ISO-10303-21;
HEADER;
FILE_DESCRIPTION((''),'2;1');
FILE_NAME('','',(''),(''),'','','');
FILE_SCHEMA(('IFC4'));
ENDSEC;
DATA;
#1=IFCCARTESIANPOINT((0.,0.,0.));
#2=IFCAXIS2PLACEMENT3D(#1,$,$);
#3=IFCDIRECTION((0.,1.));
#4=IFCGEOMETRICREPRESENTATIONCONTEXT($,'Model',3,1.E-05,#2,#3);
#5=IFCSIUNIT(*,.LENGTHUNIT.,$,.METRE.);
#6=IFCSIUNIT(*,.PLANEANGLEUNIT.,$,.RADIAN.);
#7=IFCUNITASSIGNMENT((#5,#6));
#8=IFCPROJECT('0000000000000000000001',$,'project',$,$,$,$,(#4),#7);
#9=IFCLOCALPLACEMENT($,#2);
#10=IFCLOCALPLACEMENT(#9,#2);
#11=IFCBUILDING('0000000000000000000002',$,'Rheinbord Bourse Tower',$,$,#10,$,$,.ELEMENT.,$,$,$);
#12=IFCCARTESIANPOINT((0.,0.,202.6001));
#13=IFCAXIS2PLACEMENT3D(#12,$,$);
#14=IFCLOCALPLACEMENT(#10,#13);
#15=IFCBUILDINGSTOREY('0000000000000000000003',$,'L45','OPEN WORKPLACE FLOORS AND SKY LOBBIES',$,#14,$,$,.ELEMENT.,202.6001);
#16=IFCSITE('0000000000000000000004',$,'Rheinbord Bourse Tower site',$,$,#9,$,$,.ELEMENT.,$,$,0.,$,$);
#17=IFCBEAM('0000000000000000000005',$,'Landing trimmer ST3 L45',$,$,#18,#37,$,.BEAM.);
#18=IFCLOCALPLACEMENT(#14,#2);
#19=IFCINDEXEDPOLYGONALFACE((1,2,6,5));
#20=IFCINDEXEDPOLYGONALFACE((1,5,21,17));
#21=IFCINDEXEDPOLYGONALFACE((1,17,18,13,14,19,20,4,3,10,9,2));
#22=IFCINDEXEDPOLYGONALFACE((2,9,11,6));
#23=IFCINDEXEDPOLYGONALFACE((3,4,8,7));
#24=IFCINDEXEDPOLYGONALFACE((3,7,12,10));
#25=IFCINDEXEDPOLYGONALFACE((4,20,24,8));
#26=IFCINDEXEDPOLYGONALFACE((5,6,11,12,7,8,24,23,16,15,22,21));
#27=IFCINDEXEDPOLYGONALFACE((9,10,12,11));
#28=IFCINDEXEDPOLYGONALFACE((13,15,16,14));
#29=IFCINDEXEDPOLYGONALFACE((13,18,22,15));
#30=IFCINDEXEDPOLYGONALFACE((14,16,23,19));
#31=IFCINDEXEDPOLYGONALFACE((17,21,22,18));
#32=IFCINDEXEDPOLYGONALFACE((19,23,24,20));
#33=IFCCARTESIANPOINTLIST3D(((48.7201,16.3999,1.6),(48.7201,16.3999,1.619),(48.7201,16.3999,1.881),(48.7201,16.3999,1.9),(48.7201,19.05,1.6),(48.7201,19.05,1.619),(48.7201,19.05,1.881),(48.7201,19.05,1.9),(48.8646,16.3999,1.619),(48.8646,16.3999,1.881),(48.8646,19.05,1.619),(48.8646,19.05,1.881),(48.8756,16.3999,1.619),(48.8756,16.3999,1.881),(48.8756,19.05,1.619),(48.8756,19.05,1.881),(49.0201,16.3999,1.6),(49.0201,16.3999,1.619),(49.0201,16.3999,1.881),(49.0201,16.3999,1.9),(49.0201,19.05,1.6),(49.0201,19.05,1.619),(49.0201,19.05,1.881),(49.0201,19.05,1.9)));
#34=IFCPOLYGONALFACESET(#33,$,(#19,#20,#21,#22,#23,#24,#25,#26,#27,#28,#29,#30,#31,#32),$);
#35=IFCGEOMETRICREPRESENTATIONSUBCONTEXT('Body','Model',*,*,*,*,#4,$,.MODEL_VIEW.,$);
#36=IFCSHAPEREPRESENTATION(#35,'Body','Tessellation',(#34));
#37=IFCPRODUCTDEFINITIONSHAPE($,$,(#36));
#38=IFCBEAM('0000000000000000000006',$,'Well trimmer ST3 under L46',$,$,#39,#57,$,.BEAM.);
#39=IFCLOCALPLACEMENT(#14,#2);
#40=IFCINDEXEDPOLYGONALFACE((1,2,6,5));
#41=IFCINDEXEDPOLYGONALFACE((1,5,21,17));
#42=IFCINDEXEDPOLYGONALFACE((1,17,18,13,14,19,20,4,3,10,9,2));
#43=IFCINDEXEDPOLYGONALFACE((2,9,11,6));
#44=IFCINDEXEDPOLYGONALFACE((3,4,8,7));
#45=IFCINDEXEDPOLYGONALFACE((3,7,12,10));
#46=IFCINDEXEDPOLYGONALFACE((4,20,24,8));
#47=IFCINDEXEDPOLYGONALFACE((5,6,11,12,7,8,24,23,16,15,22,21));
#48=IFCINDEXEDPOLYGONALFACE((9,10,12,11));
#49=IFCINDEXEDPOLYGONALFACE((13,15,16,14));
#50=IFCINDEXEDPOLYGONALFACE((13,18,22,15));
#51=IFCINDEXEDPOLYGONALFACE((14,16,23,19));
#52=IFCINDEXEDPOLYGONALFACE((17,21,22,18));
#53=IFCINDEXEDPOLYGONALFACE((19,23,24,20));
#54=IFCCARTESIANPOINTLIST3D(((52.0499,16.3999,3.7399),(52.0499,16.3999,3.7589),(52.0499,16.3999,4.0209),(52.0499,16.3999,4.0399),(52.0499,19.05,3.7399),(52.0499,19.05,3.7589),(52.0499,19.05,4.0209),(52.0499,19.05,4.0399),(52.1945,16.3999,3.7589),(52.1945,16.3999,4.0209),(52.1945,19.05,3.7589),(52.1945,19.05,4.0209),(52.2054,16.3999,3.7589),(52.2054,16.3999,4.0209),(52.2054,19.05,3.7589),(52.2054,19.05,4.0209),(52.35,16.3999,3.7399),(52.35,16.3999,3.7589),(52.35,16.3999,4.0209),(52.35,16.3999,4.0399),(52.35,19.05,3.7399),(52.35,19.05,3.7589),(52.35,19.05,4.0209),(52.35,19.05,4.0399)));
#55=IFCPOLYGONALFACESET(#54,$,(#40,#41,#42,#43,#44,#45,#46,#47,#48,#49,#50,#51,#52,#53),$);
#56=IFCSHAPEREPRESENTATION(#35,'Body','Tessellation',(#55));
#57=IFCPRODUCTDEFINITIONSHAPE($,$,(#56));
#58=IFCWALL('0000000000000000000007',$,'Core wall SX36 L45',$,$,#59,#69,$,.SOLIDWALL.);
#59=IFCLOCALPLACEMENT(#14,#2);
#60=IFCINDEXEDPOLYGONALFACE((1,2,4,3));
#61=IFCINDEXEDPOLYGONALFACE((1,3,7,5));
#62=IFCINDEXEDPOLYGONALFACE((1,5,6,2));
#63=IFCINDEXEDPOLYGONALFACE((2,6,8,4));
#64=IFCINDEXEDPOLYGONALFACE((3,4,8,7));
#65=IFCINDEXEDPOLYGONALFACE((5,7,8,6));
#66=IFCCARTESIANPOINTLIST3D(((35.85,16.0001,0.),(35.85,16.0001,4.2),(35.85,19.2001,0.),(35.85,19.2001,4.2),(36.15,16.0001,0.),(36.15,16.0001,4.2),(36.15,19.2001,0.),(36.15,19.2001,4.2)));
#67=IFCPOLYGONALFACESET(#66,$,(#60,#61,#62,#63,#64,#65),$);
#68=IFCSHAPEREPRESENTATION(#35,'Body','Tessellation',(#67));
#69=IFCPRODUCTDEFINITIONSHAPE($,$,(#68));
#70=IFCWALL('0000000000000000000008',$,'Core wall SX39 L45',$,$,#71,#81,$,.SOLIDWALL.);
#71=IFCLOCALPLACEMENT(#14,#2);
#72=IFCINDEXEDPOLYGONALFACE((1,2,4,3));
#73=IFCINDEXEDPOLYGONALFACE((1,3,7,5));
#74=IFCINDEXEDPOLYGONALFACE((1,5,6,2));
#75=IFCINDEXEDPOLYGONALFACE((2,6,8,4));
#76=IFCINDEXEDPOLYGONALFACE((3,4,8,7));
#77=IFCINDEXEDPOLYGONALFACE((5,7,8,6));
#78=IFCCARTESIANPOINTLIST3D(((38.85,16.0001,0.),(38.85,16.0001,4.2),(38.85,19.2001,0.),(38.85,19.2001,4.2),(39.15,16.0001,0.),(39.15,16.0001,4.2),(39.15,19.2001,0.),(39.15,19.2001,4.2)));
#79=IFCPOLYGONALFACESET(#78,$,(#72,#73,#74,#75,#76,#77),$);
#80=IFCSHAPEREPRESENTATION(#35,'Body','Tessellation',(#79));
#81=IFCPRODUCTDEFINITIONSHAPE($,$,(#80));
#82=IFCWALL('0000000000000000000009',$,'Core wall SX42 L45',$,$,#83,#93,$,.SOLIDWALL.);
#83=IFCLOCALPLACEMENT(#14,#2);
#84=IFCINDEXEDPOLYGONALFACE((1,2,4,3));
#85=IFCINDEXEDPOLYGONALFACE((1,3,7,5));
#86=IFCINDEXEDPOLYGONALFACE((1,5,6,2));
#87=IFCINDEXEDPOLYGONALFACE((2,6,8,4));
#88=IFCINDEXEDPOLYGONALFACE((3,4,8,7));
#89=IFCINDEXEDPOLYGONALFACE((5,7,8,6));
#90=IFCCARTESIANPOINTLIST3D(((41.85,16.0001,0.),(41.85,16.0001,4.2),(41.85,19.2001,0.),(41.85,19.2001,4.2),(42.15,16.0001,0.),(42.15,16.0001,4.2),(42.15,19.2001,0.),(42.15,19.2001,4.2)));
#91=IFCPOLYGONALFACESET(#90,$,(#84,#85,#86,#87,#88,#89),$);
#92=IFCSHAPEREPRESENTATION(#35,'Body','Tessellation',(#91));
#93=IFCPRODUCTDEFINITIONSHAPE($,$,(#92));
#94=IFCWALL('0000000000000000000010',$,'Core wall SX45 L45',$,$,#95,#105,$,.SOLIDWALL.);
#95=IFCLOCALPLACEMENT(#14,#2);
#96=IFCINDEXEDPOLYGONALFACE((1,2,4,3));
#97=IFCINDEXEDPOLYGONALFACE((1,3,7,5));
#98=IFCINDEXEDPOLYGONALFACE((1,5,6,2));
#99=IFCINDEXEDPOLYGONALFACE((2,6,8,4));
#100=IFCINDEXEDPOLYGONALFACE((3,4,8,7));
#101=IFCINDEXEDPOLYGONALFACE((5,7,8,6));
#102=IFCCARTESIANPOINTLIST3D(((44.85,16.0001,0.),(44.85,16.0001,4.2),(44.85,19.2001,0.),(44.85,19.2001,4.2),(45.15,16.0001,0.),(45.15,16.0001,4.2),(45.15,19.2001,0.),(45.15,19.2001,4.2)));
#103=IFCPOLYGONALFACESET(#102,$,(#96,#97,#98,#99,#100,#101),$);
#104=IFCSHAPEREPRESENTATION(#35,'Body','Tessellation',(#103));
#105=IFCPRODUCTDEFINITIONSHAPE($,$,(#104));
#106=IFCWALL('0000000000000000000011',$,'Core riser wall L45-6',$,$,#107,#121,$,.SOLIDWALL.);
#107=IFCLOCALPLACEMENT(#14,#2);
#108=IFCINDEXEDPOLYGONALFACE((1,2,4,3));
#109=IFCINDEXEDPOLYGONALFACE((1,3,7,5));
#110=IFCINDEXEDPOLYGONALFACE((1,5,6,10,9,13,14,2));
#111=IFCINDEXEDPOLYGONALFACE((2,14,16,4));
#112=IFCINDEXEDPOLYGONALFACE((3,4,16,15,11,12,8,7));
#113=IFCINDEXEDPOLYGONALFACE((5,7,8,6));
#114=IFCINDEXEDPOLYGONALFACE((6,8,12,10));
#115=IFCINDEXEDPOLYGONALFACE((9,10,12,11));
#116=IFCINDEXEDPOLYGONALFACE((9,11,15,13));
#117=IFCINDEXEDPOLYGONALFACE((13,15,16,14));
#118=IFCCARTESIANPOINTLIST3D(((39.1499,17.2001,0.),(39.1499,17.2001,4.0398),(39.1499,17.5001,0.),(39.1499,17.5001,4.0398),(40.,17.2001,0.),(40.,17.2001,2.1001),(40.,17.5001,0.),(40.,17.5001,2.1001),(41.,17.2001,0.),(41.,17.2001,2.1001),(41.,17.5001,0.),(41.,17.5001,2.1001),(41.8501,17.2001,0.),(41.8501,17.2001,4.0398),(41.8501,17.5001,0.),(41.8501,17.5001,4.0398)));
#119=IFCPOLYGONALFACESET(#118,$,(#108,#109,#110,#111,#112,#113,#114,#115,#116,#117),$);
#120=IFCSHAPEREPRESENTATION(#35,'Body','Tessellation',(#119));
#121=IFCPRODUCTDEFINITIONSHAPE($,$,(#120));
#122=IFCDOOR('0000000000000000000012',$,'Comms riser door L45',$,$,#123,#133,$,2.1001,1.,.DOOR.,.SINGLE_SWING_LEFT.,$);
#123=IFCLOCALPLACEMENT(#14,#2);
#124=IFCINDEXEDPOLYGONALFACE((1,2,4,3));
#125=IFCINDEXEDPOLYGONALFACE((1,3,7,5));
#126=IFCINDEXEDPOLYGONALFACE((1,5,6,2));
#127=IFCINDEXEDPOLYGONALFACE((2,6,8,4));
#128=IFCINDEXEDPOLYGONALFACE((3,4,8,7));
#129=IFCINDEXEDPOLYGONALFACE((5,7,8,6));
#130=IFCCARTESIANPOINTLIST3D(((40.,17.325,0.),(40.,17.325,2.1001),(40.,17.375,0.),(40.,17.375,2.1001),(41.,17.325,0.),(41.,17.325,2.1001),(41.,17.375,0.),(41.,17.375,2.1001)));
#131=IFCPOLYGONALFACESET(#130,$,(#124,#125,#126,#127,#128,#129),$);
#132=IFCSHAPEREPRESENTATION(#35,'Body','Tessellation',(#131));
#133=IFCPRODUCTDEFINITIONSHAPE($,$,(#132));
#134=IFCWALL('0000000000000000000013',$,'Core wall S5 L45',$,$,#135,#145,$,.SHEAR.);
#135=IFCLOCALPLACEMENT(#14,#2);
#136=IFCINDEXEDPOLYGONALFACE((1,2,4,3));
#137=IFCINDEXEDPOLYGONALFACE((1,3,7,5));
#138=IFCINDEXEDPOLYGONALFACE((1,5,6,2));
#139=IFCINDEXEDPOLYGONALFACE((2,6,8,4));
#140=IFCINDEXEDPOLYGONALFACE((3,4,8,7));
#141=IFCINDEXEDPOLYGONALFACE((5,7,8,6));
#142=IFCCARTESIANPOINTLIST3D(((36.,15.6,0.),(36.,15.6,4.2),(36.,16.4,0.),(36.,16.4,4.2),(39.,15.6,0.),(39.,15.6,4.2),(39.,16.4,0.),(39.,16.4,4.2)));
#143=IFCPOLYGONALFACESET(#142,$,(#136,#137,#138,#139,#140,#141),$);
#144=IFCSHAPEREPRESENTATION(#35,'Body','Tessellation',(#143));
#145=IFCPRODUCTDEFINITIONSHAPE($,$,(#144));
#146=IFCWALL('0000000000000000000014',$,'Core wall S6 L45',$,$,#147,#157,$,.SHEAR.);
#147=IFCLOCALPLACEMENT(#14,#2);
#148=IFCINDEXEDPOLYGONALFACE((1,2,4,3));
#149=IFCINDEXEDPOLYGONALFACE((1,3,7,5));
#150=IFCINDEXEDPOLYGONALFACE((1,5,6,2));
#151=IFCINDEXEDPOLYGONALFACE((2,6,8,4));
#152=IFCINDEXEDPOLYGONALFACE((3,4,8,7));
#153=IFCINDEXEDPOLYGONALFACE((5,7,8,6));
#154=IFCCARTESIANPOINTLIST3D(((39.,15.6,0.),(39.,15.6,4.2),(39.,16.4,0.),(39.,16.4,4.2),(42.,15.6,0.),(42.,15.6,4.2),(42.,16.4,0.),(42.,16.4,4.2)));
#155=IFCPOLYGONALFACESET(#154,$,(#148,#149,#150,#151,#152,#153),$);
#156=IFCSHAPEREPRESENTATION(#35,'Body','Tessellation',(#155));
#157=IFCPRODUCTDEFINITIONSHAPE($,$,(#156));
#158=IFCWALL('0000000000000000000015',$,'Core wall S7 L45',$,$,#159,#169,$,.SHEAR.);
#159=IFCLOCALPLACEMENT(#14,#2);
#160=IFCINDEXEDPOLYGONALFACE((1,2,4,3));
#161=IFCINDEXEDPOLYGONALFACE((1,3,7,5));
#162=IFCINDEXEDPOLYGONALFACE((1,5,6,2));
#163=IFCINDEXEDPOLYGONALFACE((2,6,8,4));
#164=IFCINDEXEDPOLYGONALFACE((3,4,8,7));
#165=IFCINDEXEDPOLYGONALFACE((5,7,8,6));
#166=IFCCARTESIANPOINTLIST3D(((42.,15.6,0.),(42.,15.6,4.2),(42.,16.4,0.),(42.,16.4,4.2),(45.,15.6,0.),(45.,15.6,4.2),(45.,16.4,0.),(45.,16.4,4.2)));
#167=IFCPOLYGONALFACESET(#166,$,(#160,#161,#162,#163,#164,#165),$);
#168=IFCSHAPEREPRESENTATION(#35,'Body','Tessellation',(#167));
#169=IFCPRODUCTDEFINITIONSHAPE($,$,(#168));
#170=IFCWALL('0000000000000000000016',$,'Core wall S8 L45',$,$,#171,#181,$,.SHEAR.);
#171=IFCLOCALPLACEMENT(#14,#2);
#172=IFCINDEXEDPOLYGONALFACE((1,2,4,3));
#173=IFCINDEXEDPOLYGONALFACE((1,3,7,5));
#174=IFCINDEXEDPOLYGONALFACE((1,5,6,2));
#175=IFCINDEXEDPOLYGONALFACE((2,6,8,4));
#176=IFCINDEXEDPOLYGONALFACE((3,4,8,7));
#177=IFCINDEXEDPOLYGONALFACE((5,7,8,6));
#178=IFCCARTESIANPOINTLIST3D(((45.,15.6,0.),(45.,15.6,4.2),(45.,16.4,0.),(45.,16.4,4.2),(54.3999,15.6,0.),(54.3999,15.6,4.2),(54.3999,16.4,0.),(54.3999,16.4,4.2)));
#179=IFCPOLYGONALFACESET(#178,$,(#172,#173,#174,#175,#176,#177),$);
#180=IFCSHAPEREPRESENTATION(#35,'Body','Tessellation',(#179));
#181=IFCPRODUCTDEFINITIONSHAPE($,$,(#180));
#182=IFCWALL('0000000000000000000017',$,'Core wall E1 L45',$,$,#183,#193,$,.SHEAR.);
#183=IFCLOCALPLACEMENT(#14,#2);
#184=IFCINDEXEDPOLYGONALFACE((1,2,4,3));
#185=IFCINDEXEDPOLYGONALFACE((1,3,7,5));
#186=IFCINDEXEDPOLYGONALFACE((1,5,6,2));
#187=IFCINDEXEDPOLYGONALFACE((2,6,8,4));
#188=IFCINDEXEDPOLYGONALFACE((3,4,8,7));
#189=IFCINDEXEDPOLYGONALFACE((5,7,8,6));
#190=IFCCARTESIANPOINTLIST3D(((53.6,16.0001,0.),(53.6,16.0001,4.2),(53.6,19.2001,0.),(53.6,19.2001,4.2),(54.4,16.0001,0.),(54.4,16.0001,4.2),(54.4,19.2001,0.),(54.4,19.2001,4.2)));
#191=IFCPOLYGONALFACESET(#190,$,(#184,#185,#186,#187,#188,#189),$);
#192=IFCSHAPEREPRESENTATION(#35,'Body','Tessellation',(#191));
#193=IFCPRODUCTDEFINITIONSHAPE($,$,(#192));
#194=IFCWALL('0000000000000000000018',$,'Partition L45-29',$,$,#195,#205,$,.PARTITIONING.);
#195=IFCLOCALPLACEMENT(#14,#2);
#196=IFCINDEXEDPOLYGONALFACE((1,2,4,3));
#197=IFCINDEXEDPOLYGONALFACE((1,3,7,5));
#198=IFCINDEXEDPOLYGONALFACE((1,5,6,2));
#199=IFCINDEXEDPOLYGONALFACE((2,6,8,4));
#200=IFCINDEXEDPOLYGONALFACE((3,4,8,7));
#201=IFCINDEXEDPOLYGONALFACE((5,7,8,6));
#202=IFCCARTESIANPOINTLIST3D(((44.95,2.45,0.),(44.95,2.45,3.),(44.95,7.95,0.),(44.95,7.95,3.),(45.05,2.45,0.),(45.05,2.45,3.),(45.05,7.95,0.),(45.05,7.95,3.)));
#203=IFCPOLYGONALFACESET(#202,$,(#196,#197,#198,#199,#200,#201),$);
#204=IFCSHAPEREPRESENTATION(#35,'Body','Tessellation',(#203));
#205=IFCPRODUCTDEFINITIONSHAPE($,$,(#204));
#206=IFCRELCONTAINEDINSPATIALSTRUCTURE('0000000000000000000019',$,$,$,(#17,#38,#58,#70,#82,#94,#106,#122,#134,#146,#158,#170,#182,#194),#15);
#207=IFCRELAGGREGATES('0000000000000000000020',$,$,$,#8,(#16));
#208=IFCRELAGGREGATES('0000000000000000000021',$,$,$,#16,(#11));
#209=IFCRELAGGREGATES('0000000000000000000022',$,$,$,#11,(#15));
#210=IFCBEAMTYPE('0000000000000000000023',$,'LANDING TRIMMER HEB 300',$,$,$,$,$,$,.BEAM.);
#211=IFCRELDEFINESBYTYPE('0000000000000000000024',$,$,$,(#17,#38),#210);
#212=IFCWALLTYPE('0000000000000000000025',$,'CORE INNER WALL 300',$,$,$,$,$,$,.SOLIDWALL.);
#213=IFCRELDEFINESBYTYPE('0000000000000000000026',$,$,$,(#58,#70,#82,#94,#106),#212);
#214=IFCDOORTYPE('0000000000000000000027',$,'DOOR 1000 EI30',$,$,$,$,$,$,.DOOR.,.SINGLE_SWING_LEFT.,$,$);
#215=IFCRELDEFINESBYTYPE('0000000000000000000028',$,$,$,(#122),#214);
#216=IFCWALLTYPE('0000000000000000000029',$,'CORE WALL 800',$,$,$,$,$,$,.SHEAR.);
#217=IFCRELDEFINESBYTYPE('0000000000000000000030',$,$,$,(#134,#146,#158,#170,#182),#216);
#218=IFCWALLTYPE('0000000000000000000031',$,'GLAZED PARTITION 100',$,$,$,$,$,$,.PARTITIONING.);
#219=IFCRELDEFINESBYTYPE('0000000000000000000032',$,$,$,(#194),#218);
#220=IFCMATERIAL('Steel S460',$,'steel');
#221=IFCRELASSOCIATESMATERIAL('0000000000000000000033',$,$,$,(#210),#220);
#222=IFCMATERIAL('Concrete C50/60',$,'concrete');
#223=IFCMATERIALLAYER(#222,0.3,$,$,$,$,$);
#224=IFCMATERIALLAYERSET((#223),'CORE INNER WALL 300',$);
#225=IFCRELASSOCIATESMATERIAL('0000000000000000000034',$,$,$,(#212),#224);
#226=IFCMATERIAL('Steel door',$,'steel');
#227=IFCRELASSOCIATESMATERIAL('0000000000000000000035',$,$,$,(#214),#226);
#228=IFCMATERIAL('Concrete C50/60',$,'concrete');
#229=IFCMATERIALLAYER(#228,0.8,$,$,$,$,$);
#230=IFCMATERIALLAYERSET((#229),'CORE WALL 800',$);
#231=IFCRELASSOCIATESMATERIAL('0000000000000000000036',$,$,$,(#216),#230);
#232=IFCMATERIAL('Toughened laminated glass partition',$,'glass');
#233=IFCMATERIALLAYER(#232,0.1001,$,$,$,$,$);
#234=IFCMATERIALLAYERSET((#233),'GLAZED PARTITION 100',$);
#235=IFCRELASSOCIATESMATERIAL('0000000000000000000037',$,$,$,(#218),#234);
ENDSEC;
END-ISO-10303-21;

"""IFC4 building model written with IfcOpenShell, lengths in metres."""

from ifc_helpers import new_model, si_unit, direction, frame, frame_2d, origin, origin_2d, place, context, subcontext, project, spatial, rectangle, i_section, extrude, material, layer, layer_set, material_profile, profile_set, type_object, element, fill, save


model = new_model("IFC4")

# Units and contexts
model_context = context("Model", 3, precision=1e-05, world=origin(), true_north=direction((0.0, 1.0)))
body_context = subcontext(model_context, "Body", "Model", "MODEL_VIEW")
ifc_project = project(units=[si_unit("LENGTHUNIT", "METRE"), si_unit("PLANEANGLEUNIT", "RADIAN")], contexts=[model_context])

# Site, building, storey
site_placement = place(None, origin())
site = spatial("IfcSite", under=ifc_project, at=site_placement, Name="Rheinbord Bourse Tower site", CompositionType="ELEMENT", RefElevation=0.0)
building_placement = place(site_placement, origin())
building = spatial("IfcBuilding", under=site, at=building_placement, Name="Rheinbord Bourse Tower", CompositionType="ELEMENT")
storey_placement = place(building_placement, frame((0.0, 0.0, 202.6001)))
storey = spatial("IfcBuildingStorey", under=building, at=storey_placement, Name="L45", Description="OPEN WORKPLACE FLOORS AND SKY LOBBIES", CompositionType="ELEMENT", Elevation=202.6001)

# Beams
ifc_material_1 = material(Name="Steel S460", Category="steel")
ifc_material_profile = material_profile(ifc_material_1, i_section(OverallWidth=0.3, OverallDepth=0.3, WebThickness=0.011, FlangeThickness=0.019, at=origin_2d()), Name="HEB 300")
ifc_profile_set = profile_set([ifc_material_profile], Name="Steel S460")
beam_type = type_object("IfcBeamType", Name="LANDING TRIMMER HEB 300", PredefinedType="BEAM", material=ifc_profile_set)
for number, where, z_axis, x_axis, name in (
    (1, (48.8701, 16.3999, 1.75), (0.0, 1.0, 0.0), (-1.0, 0.0, 0.0), "Landing trimmer ST3 L45"),
    (2, (52.2, 16.3999, 3.8899), (0.0, 1.0, 0.0), (-1.0, 0.0, 0.0), "Well trimmer ST3 under L46"),
):
    element("IfcBeam", number, at=place(storey_placement, frame(where, z_axis=z_axis, x_axis=x_axis)), inside=storey, type_object=beam_type, Name=name, PredefinedType="BEAM", context=body_context, shape_type="SweptSolid", body=[
        extrude(i_section(OverallWidth=0.3, OverallDepth=0.3, WebThickness=0.011, FlangeThickness=0.019, at=origin_2d()), origin(), (0.0, 0.0, 1.0), 2.6501),
    ])

# Walls
ifc_material_2 = material(Name="Concrete C50/60", Category="concrete")
ifc_layer_1 = layer(ifc_material_2, 0.3)
ifc_layer_set_1 = layer_set([ifc_layer_1], Name="CORE INNER WALL 300")
wall_type_1 = type_object("IfcWallType", Name="CORE INNER WALL 300", PredefinedType="SOLIDWALL", material=ifc_layer_set_1)
for number, where, z_axis, x_axis, name in (
    (3, (36.0, 16.0, 0.0), (0.0, 0.0, 1.0), (0.0, 1.0, 0.0), "Core wall SX36 L45"),
    (4, (39.0, 16.0, 0.0), (0.0, 0.0, 1.0), (0.0, 1.0, 0.0), "Core wall SX39 L45"),
    (5, (42.0, 16.0, 0.0), (0.0, 0.0, 1.0), (0.0, 1.0, 0.0), "Core wall SX42 L45"),
    (6, (45.0, 16.0, 0.0), (0.0, 0.0, 1.0), (0.0, 1.0, 0.0), "Core wall SX45 L45"),
):
    element("IfcWall", number, at=place(storey_placement, frame(where, z_axis=z_axis, x_axis=x_axis)), inside=storey, type_object=wall_type_1, Name=name, PredefinedType="SOLIDWALL", context=body_context, shape_type="SweptSolid", body=[
        extrude(rectangle(XDim=3.2, YDim=0.3, at=frame_2d((1.6001, 0.0))), origin(), (0.0, 0.0, 1.0), 4.2),
    ])

# Wall, opening, door
wall_1_placement = place(storey_placement, frame((39.1499, 17.3501, 0.0), z_axis=(0.0, 0.0, 1.0), x_axis=(1.0, 0.0, 0.0)))
wall_1 = element("IfcWall", 7, at=wall_1_placement, inside=storey, type_object=wall_type_1, Name="Core riser wall L45-6", PredefinedType="SOLIDWALL", context=body_context, shape_type="SweptSolid", body=[
    extrude(rectangle(XDim=2.7002, YDim=0.3, at=frame_2d((1.3501, 0.0))), origin(), (0.0, 0.0, 1.0), 4.0398),
])
opening_1_placement = place(wall_1_placement, frame((0.8501, 0.0, 0.0)))
opening_1 = element("IfcOpeningElement", 8, at=opening_1_placement, cuts=wall_1, PredefinedType="OPENING", context=body_context, shape_type="SweptSolid", body=[
    extrude(rectangle(XDim=1.0, YDim=2.1001, at=frame_2d((0.5, 1.05))), frame((0.0, 0.1599, 0.0), z_axis=(0.0, -1.0, 0.0), x_axis=(1.0, 0.0, 0.0)), (0.0, 0.0, 1.0), 0.3201),
])
ifc_material_3 = material(Name="Steel door", Category="steel")
door_type_1 = type_object("IfcDoorType", Name="DOOR 1000 EI30", OperationType="SINGLE_SWING_LEFT", PredefinedType="DOOR", material=ifc_material_3)
door_1_placement = place(opening_1_placement, origin())
door_1 = element("IfcDoor", 9, at=door_1_placement, inside=storey, type_object=door_type_1, Name="Comms riser door L45", OperationType="SINGLE_SWING_LEFT", OverallHeight=2.1001, OverallWidth=1.0, PredefinedType="DOOR", context=body_context, shape_type="SweptSolid", body=[
    extrude(rectangle(XDim=1.0, YDim=2.1001, at=frame_2d((0.5, 1.05))), frame((0.0, 0.0249, 0.0), z_axis=(0.0, -1.0, 0.0), x_axis=(1.0, 0.0, 0.0)), (0.0, 0.0, 1.0), 0.05),
])
fill(opening_1, door_1)

# Walls
ifc_material_4 = material(Name="Concrete C50/60", Category="concrete")
ifc_layer_2 = layer(ifc_material_4, 0.8)
ifc_layer_set_2 = layer_set([ifc_layer_2], Name="CORE WALL 800")
wall_type_2 = type_object("IfcWallType", Name="CORE WALL 800", PredefinedType="SHEAR", material=ifc_layer_set_2)
for number, where, z_axis, x_axis, name in (
    (10, (36.0, 16.0, 0.0), (0.0, 0.0, 1.0), (1.0, 0.0, 0.0), "Core wall S5 L45"),
    (11, (39.0, 16.0, 0.0), (0.0, 0.0, 1.0), (1.0, 0.0, 0.0), "Core wall S6 L45"),
    (12, (42.0, 16.0, 0.0), (0.0, 0.0, 1.0), (1.0, 0.0, 0.0), "Core wall S7 L45"),
):
    element("IfcWall", number, at=place(storey_placement, frame(where, z_axis=z_axis, x_axis=x_axis)), inside=storey, type_object=wall_type_2, Name=name, PredefinedType="SHEAR", context=body_context, shape_type="SweptSolid", body=[
        extrude(rectangle(XDim=3.0, YDim=0.8, at=frame_2d((1.5, 0.0))), origin(), (0.0, 0.0, 1.0), 4.2),
    ])
wall_2_placement = place(storey_placement, frame((45.0, 16.0, 0.0), z_axis=(0.0, 0.0, 1.0), x_axis=(1.0, 0.0, 0.0)))
element("IfcWall", 13, at=wall_2_placement, inside=storey, type_object=wall_type_2, Name="Core wall S8 L45", PredefinedType="SHEAR", context=body_context, shape_type="SweptSolid", body=[
    extrude(rectangle(XDim=9.3999, YDim=0.8, at=frame_2d((4.7, 0.0))), origin(), (0.0, 0.0, 1.0), 4.2),
])
wall_3_placement = place(storey_placement, frame((54.0, 16.0, 0.0), z_axis=(0.0, 0.0, 1.0), x_axis=(0.0, 1.0, 0.0)))
element("IfcWall", 14, at=wall_3_placement, inside=storey, type_object=wall_type_2, Name="Core wall E1 L45", PredefinedType="SHEAR", context=body_context, shape_type="SweptSolid", body=[
    extrude(rectangle(XDim=3.2, YDim=0.8, at=frame_2d((1.6001, 0.0))), origin(), (0.0, 0.0, 1.0), 4.2),
])
ifc_material_5 = material(Name="Toughened laminated glass partition", Category="glass")
ifc_layer_3 = layer(ifc_material_5, 0.1001)
ifc_layer_set_3 = layer_set([ifc_layer_3], Name="GLAZED PARTITION 100")
wall_type_3 = type_object("IfcWallType", Name="GLAZED PARTITION 100", PredefinedType="PARTITIONING", material=ifc_layer_set_3)
wall_4_placement = place(storey_placement, frame((45.0, 2.45, 0.0), z_axis=(0.0, 0.0, 1.0), x_axis=(0.0, 1.0, 0.0)))
element("IfcWall", 15, at=wall_4_placement, inside=storey, type_object=wall_type_3, Name="Partition L45-29", PredefinedType="PARTITIONING", context=body_context, shape_type="SweptSolid", body=[
    extrude(rectangle(XDim=5.5, YDim=0.1001, at=frame_2d((2.75, 0.0))), origin(), (0.0, 0.0, 1.0), 3.0),
])

save(model, "model.ifc")
